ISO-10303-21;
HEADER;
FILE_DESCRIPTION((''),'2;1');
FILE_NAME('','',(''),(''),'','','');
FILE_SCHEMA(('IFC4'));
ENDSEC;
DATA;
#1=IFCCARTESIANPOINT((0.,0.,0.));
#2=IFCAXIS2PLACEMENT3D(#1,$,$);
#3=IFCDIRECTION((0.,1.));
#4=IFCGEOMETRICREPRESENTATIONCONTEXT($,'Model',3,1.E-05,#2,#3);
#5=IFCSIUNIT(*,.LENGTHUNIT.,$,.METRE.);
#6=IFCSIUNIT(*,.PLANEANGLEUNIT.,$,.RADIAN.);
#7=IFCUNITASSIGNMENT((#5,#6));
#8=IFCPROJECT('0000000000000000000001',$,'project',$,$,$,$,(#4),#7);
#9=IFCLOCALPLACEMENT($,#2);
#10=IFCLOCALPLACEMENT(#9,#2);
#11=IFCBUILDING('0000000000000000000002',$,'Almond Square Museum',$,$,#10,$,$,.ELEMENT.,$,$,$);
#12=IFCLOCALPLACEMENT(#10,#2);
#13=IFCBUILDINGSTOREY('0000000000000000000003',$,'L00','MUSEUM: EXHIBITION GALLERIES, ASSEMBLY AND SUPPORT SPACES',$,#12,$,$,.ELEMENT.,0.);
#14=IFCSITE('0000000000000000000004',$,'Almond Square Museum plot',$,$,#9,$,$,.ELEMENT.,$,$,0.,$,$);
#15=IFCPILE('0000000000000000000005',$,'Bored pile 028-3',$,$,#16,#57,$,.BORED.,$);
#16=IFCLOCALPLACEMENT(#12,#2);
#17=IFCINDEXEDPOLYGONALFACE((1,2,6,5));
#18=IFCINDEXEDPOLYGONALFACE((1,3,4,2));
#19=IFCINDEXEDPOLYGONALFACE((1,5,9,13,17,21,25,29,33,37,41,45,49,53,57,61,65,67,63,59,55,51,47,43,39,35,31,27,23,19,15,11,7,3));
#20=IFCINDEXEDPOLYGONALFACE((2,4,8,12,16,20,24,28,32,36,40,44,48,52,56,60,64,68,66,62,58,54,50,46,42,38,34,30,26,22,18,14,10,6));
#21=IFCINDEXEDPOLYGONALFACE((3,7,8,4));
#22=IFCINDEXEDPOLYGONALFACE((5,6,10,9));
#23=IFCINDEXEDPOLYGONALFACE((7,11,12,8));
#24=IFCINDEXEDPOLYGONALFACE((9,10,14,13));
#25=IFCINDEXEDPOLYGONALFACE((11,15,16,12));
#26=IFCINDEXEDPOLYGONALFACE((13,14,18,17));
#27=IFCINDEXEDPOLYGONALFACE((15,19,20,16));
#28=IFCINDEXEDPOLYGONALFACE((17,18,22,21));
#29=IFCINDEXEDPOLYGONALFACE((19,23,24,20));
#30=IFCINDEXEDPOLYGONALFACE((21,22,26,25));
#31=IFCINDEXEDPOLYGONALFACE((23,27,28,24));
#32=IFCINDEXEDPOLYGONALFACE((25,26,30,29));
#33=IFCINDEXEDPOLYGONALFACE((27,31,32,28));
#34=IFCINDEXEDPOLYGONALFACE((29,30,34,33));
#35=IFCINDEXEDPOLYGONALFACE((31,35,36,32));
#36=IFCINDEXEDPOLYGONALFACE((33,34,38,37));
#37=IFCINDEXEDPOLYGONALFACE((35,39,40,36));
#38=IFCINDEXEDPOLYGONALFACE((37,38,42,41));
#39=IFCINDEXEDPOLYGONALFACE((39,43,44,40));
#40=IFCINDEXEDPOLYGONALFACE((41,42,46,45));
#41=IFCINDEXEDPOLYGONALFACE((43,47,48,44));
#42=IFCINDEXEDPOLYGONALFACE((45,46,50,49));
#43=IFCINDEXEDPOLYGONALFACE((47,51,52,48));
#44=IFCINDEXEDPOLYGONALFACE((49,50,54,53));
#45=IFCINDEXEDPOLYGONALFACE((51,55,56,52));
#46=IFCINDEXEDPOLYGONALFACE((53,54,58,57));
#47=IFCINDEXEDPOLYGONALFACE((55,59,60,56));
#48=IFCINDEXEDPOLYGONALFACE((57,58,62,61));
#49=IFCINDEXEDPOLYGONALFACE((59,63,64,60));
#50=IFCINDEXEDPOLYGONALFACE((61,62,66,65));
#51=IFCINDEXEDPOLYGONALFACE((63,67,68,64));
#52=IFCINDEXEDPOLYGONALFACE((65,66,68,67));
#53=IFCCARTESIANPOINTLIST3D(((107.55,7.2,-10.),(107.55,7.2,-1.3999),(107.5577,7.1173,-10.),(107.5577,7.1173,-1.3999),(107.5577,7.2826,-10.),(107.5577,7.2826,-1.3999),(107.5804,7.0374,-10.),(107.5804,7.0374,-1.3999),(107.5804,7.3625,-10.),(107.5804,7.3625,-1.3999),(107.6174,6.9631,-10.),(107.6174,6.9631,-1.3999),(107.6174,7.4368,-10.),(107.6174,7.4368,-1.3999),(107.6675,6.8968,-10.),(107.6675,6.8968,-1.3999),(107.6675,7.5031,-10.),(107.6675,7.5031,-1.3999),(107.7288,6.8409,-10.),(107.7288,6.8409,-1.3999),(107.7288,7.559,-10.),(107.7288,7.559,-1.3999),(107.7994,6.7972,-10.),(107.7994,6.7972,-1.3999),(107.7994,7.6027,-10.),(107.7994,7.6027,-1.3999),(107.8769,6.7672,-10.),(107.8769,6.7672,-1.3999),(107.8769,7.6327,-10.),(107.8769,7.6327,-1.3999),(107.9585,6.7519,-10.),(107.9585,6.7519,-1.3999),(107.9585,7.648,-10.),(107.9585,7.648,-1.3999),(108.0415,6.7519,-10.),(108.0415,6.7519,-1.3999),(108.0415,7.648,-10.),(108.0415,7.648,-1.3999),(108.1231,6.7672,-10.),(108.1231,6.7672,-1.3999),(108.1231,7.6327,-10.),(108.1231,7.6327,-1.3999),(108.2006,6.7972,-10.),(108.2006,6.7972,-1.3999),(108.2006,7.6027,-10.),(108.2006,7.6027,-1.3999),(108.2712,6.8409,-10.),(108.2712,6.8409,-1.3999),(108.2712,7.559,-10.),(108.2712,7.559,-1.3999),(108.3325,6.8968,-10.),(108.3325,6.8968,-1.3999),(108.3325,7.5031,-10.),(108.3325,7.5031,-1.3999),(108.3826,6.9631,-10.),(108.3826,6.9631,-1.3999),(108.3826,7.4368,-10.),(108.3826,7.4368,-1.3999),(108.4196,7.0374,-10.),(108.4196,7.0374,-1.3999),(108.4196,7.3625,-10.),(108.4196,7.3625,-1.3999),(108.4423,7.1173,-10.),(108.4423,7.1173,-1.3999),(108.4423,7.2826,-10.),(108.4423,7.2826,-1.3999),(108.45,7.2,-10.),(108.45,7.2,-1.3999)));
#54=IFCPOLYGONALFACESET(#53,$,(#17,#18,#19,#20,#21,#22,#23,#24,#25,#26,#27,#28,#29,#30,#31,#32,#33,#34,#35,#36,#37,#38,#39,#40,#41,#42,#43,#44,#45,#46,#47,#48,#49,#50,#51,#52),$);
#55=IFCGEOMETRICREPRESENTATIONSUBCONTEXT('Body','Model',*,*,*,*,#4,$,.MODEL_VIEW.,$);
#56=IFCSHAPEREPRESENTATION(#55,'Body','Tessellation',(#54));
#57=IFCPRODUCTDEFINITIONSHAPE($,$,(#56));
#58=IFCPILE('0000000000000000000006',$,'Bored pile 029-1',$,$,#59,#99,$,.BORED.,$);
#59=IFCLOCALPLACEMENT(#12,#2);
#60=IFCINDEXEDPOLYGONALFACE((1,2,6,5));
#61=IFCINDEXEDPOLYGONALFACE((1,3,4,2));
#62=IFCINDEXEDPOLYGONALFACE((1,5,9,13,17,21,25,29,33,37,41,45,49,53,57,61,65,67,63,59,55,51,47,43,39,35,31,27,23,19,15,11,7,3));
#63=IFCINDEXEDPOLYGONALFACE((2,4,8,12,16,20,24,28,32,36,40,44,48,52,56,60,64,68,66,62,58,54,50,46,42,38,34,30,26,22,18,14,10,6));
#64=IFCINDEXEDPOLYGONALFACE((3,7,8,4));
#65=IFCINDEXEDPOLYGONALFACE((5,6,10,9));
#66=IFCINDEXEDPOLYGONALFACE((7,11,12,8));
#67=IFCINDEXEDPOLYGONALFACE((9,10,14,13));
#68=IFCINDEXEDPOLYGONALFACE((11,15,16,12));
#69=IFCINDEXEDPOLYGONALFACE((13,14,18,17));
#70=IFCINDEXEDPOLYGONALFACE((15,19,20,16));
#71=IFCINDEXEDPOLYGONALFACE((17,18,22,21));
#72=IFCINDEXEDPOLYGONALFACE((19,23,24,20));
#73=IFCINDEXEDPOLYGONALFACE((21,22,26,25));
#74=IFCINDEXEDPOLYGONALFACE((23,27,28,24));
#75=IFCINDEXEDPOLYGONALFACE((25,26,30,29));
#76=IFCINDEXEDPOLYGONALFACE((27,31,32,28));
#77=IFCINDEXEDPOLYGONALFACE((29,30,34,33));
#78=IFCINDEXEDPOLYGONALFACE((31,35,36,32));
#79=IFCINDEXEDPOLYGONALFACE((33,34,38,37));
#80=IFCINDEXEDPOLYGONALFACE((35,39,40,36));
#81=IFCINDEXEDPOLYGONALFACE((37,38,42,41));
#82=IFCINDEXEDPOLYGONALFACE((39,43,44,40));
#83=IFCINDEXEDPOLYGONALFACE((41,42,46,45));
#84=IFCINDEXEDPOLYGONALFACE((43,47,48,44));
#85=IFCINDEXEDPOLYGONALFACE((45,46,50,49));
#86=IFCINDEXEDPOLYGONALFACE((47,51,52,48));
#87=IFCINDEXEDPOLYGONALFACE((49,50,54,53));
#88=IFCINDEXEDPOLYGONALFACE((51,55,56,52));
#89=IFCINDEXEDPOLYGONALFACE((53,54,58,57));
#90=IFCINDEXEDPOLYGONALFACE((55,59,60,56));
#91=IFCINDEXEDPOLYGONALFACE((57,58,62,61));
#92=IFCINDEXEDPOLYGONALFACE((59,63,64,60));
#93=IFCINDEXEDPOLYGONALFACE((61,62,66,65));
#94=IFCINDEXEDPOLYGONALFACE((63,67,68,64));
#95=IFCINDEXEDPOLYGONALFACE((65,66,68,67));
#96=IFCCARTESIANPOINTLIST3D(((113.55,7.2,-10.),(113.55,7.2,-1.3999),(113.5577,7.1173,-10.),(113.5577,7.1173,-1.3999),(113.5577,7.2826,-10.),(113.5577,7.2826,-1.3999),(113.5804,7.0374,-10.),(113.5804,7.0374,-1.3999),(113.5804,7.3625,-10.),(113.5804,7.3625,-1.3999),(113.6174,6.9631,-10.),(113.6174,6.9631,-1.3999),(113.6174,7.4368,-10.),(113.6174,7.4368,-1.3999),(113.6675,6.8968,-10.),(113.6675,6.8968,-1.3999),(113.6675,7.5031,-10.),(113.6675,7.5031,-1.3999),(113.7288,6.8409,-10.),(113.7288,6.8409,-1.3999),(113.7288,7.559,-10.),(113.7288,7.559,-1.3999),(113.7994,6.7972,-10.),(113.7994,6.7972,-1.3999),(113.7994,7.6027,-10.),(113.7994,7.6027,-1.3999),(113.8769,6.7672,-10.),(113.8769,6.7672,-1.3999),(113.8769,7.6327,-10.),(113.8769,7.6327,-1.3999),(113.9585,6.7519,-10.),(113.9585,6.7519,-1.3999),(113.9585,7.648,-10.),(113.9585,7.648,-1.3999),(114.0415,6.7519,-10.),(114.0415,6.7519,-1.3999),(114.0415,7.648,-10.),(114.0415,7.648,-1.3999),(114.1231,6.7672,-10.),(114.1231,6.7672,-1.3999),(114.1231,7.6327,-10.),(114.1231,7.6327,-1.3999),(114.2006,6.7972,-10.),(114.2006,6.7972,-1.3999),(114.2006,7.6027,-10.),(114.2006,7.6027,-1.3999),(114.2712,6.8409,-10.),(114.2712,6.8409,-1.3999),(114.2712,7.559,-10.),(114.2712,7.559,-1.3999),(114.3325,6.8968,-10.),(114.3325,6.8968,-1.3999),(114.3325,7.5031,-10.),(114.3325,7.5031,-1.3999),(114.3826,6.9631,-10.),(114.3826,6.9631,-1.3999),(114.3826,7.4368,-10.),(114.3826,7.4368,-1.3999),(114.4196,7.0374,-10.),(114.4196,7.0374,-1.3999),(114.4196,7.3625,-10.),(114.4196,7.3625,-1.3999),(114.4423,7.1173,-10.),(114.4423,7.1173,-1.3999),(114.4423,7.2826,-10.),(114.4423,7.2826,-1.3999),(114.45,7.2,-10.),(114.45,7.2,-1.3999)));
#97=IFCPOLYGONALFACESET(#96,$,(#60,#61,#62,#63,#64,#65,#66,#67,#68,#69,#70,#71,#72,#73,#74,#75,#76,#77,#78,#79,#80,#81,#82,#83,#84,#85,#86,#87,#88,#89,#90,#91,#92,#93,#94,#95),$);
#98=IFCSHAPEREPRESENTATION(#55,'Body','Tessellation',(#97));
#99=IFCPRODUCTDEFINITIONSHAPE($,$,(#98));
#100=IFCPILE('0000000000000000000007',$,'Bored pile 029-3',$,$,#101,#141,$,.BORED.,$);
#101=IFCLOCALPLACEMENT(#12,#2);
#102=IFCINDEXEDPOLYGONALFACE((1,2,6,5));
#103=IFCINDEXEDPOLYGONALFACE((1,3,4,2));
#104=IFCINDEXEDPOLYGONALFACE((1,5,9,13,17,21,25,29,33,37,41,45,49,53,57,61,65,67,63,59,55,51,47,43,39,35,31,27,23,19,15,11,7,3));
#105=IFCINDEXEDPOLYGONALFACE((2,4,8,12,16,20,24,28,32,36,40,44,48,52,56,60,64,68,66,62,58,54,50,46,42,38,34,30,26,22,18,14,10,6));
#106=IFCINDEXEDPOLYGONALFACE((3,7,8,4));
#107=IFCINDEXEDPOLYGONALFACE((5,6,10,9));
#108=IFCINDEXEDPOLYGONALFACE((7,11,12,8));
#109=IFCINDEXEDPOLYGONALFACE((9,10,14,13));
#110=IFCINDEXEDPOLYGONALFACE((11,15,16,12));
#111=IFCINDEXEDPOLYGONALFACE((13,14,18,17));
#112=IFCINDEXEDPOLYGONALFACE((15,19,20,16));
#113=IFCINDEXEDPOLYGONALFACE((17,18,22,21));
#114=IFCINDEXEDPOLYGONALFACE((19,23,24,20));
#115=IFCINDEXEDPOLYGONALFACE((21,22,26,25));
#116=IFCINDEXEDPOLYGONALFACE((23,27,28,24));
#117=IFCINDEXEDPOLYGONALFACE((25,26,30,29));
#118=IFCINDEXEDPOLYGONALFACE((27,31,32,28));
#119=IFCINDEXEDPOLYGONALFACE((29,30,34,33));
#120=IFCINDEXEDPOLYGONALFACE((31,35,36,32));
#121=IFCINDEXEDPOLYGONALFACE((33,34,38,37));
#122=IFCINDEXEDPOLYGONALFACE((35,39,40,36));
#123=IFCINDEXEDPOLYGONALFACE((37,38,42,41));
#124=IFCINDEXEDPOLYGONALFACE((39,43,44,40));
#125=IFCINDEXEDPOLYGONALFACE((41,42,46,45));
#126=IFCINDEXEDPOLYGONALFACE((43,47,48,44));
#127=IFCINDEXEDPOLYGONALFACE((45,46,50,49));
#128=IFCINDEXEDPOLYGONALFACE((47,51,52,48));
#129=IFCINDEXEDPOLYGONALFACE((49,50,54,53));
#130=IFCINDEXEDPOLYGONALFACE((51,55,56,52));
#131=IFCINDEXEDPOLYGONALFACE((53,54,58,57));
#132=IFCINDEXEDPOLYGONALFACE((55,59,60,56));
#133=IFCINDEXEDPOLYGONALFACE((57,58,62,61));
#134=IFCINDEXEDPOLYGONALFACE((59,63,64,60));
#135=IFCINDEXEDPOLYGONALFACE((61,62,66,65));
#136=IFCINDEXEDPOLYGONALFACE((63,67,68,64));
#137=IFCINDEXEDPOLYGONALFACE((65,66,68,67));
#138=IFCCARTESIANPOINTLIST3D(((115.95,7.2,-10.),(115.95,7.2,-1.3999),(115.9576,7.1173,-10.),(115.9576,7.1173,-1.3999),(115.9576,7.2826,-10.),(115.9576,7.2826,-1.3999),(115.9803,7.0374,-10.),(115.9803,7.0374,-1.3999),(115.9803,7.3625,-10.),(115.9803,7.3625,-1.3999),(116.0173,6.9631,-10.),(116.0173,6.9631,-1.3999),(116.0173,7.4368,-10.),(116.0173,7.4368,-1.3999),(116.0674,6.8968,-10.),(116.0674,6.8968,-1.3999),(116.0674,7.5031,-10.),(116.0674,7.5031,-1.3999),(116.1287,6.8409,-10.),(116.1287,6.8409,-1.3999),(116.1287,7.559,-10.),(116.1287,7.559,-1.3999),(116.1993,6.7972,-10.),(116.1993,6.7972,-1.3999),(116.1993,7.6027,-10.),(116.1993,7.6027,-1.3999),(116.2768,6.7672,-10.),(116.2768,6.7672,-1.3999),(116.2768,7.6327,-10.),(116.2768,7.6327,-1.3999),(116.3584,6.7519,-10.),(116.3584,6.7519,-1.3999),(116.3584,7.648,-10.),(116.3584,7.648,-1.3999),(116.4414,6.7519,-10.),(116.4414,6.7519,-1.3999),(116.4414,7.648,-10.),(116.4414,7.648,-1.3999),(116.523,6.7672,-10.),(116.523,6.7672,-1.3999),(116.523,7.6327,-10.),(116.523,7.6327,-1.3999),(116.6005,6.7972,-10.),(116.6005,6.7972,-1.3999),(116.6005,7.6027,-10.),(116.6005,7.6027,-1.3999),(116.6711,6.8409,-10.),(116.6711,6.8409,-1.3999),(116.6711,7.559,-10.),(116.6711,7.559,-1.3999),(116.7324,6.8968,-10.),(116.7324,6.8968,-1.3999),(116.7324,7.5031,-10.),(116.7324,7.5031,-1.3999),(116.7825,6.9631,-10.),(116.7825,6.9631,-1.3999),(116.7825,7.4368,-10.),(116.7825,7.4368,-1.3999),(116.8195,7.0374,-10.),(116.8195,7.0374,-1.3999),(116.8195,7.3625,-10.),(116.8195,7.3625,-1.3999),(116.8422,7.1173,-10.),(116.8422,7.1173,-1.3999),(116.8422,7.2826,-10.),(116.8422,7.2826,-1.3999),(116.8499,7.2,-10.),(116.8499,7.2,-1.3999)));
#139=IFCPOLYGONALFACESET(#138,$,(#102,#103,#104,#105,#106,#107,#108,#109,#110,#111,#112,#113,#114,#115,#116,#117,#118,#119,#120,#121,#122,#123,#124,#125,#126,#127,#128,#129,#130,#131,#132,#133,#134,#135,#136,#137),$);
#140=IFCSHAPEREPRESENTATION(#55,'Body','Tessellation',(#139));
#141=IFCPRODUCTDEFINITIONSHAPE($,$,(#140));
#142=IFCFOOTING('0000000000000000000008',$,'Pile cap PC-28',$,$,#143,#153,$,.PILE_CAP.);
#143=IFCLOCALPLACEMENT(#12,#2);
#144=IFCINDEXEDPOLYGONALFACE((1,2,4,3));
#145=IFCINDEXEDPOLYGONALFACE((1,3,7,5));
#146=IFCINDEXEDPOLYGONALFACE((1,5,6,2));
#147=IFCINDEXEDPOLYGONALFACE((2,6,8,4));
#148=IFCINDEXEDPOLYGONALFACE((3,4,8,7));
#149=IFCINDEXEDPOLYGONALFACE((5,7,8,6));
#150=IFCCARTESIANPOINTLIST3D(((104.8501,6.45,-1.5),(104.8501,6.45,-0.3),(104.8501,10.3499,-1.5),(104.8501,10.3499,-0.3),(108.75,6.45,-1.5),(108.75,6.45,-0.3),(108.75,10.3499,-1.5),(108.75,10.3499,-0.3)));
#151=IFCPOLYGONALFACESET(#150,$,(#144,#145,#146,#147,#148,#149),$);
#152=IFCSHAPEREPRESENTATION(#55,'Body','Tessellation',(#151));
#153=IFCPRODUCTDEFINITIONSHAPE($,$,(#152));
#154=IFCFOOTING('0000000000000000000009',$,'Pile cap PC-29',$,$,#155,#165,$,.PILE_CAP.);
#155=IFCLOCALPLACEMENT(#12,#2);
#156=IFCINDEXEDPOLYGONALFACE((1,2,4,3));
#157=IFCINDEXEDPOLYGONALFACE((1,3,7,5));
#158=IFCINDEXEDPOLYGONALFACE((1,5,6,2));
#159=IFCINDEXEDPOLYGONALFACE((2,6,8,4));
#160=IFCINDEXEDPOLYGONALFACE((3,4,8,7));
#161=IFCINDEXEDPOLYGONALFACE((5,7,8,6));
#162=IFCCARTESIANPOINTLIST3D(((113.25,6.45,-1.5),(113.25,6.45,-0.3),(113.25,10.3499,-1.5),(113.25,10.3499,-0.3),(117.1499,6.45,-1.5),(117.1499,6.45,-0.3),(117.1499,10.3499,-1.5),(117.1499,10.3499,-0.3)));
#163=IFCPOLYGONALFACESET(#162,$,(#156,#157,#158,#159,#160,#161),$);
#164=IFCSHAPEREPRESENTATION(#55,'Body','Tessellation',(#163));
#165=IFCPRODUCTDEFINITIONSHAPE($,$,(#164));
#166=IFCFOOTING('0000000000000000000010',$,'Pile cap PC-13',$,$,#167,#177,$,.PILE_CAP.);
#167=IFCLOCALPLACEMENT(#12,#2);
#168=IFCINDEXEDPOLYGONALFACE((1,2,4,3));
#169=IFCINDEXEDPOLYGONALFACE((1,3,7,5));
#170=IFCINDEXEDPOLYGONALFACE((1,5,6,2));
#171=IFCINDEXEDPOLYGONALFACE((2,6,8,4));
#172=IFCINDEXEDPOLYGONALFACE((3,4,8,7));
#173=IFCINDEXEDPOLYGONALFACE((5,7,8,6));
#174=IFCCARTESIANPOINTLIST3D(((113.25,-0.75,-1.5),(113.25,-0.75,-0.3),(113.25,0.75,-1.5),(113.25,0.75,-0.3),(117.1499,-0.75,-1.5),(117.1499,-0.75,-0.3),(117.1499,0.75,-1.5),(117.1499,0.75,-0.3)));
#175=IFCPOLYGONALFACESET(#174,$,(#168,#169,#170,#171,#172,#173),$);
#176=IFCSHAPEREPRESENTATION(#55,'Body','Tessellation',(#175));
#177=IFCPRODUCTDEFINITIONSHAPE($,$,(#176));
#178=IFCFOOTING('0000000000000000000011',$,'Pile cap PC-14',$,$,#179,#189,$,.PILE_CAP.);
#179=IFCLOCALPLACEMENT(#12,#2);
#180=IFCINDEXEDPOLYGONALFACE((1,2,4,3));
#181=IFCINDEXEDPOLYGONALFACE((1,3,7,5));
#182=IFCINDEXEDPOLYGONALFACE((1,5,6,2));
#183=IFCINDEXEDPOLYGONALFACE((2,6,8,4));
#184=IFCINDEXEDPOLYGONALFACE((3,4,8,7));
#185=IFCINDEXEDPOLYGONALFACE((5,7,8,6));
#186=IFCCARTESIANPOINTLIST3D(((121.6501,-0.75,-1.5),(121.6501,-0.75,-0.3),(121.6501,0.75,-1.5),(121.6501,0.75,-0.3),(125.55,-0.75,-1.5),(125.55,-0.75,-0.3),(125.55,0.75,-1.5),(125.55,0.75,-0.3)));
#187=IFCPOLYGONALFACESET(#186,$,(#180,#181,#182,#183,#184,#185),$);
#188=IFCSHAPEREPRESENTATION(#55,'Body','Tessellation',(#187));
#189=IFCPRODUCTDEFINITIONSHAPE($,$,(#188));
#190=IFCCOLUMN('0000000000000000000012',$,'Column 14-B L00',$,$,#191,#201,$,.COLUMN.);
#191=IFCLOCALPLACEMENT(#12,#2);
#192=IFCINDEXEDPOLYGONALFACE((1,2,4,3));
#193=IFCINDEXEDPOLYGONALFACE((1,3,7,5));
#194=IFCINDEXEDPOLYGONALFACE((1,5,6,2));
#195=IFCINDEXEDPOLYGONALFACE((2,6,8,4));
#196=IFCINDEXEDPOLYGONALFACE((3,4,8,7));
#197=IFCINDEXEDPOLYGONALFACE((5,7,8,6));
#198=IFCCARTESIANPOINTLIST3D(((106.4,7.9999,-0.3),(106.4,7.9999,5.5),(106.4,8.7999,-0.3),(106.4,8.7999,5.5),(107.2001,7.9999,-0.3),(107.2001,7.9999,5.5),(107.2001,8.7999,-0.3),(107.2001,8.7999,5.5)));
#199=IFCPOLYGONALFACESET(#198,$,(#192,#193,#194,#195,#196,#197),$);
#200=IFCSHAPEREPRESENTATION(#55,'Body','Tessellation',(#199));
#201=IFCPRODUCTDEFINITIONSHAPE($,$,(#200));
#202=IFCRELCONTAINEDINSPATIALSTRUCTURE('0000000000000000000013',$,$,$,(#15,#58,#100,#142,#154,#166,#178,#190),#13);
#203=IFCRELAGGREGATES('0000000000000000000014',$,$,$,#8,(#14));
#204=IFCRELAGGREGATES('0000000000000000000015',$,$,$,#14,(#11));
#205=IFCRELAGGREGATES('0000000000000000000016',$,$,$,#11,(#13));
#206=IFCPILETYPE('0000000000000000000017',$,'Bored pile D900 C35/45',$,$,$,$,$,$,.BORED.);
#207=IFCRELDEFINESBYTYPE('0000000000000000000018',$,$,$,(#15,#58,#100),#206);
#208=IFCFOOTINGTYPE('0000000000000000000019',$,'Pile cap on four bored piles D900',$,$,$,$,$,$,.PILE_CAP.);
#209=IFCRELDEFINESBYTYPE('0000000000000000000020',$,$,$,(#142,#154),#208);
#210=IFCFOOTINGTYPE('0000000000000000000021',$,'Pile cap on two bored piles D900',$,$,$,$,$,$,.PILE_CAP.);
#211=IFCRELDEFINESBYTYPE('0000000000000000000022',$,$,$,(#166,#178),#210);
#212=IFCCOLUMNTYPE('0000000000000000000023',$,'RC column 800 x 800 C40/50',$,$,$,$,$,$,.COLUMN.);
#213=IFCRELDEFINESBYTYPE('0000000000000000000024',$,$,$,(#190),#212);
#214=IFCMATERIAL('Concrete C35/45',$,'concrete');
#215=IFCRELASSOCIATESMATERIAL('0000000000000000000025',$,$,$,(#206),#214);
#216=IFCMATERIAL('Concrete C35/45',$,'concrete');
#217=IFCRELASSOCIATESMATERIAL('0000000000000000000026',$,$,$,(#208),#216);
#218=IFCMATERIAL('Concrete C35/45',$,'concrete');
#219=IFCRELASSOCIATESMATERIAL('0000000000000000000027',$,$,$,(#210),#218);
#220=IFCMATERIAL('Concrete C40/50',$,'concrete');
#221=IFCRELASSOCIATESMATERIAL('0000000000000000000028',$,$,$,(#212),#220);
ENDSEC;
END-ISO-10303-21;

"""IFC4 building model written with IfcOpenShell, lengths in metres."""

from ifc_helpers import new_model, si_unit, direction, frame, origin, origin_2d, place, context, subcontext, project, spatial, rectangle, circle, extrude, material, material_profile, profile_set, type_object, element, save


model = new_model("IFC4")

# Units and contexts
model_context = context("Model", 3, precision=1e-05, world=origin(), true_north=direction((0.0, 1.0)))
body_context = subcontext(model_context, "Body", "Model", "MODEL_VIEW")
ifc_project = project(units=[si_unit("LENGTHUNIT", "METRE"), si_unit("PLANEANGLEUNIT", "RADIAN")], contexts=[model_context])

# Site, building, storey
site_placement = place(None, origin())
site = spatial("IfcSite", under=ifc_project, at=site_placement, Name="Almond Square Museum plot", CompositionType="ELEMENT", RefElevation=0.0)
building_placement = place(site_placement, origin())
building = spatial("IfcBuilding", under=site, at=building_placement, Name="Almond Square Museum", CompositionType="ELEMENT")
storey_placement = place(building_placement, origin())
storey = spatial("IfcBuildingStorey", under=building, at=storey_placement, Name="L00", Description="MUSEUM: EXHIBITION GALLERIES, ASSEMBLY AND SUPPORT SPACES", CompositionType="ELEMENT", Elevation=0.0)

# Piles
ifc_material_1 = material(Name="Concrete C35/45", Category="concrete")
ifc_material_profile_1 = material_profile(ifc_material_1, circle(Radius=0.45, at=origin_2d()))
ifc_profile_set_1 = profile_set([ifc_material_profile_1], Name="Concrete C35/45")
pile_type = type_object("IfcPileType", Name="Bored pile D900 C35/45", PredefinedType="BORED", material=ifc_profile_set_1)
for number, where, z_axis, x_axis, name in (
    (1, (108.0, 7.2, -1.3999), (0.0, 0.0, -1.0), (1.0, 0.0, 0.0), "Bored pile 028-3"),
    (2, (114.0, 7.2, -1.3999), (0.0, 0.0, -1.0), (1.0, 0.0, 0.0), "Bored pile 029-1"),
    (3, (116.3999, 7.2, -1.3999), (0.0, 0.0, -1.0), (1.0, 0.0, 0.0), "Bored pile 029-3"),
):
    element("IfcPile", number, at=place(storey_placement, frame(where, z_axis=z_axis, x_axis=x_axis)), inside=storey, type_object=pile_type, Name=name, PredefinedType="BORED", context=body_context, shape_type="SweptSolid", body=[
        extrude(circle(Radius=0.45, at=origin_2d()), origin(), (0.0, 0.0, 1.0), 8.6001),
    ])

# Footings
ifc_material_2 = material(Name="Concrete C35/45", Category="concrete")
footing_type_1 = type_object("IfcFootingType", Name="Pile cap on four bored piles D900", PredefinedType="PILE_CAP", material=ifc_material_2)
for number, where, z_axis, x_axis, name in (
    (4, (106.8, 8.3999, -1.5), (0.0, 0.0, 1.0), (1.0, 0.0, 0.0), "Pile cap PC-28"),
    (5, (115.2, 8.3999, -1.5), (0.0, 0.0, 1.0), (1.0, 0.0, 0.0), "Pile cap PC-29"),
):
    element("IfcFooting", number, at=place(storey_placement, frame(where, z_axis=z_axis, x_axis=x_axis)), inside=storey, type_object=footing_type_1, Name=name, PredefinedType="PILE_CAP", context=body_context, shape_type="SweptSolid", body=[
        extrude(rectangle(XDim=3.8999, YDim=3.8999, at=origin_2d()), origin(), (0.0, 0.0, 1.0), 1.2),
    ])
ifc_material_3 = material(Name="Concrete C35/45", Category="concrete")
footing_type_2 = type_object("IfcFootingType", Name="Pile cap on two bored piles D900", PredefinedType="PILE_CAP", material=ifc_material_3)
for number, where, z_axis, x_axis, name in (
    (6, (115.2, 0.0, -1.5), (0.0, 0.0, 1.0), (1.0, 0.0, 0.0), "Pile cap PC-13"),
    (7, (123.6001, 0.0, -1.5), (0.0, 0.0, 1.0), (1.0, 0.0, 0.0), "Pile cap PC-14"),
):
    element("IfcFooting", number, at=place(storey_placement, frame(where, z_axis=z_axis, x_axis=x_axis)), inside=storey, type_object=footing_type_2, Name=name, PredefinedType="PILE_CAP", context=body_context, shape_type="SweptSolid", body=[
        extrude(rectangle(XDim=3.8999, YDim=1.5, at=origin_2d()), origin(), (0.0, 0.0, 1.0), 1.2),
    ])

# Column
ifc_material_4 = material(Name="Concrete C40/50", Category="concrete")
ifc_material_profile_2 = material_profile(ifc_material_4, rectangle(XDim=0.8, YDim=0.8, at=origin_2d()))
ifc_profile_set_2 = profile_set([ifc_material_profile_2], Name="Concrete C40/50")
column_type = type_object("IfcColumnType", Name="RC column 800 x 800 C40/50", PredefinedType="COLUMN", material=ifc_profile_set_2)
for number, where, z_axis, x_axis, name in (
    (8, (106.8, 8.3999, -0.3), (0.0, 0.0, 1.0), (1.0, 0.0, 0.0), "Column 14-B L00"),
):
    element("IfcColumn", number, at=place(storey_placement, frame(where, z_axis=z_axis, x_axis=x_axis)), inside=storey, type_object=column_type, Name=name, PredefinedType="COLUMN", context=body_context, shape_type="SweptSolid", body=[
        extrude(rectangle(XDim=0.8, YDim=0.8, at=origin_2d()), origin(), (0.0, 0.0, 1.0), 5.8),
    ])

save(model, "model.ifc")
